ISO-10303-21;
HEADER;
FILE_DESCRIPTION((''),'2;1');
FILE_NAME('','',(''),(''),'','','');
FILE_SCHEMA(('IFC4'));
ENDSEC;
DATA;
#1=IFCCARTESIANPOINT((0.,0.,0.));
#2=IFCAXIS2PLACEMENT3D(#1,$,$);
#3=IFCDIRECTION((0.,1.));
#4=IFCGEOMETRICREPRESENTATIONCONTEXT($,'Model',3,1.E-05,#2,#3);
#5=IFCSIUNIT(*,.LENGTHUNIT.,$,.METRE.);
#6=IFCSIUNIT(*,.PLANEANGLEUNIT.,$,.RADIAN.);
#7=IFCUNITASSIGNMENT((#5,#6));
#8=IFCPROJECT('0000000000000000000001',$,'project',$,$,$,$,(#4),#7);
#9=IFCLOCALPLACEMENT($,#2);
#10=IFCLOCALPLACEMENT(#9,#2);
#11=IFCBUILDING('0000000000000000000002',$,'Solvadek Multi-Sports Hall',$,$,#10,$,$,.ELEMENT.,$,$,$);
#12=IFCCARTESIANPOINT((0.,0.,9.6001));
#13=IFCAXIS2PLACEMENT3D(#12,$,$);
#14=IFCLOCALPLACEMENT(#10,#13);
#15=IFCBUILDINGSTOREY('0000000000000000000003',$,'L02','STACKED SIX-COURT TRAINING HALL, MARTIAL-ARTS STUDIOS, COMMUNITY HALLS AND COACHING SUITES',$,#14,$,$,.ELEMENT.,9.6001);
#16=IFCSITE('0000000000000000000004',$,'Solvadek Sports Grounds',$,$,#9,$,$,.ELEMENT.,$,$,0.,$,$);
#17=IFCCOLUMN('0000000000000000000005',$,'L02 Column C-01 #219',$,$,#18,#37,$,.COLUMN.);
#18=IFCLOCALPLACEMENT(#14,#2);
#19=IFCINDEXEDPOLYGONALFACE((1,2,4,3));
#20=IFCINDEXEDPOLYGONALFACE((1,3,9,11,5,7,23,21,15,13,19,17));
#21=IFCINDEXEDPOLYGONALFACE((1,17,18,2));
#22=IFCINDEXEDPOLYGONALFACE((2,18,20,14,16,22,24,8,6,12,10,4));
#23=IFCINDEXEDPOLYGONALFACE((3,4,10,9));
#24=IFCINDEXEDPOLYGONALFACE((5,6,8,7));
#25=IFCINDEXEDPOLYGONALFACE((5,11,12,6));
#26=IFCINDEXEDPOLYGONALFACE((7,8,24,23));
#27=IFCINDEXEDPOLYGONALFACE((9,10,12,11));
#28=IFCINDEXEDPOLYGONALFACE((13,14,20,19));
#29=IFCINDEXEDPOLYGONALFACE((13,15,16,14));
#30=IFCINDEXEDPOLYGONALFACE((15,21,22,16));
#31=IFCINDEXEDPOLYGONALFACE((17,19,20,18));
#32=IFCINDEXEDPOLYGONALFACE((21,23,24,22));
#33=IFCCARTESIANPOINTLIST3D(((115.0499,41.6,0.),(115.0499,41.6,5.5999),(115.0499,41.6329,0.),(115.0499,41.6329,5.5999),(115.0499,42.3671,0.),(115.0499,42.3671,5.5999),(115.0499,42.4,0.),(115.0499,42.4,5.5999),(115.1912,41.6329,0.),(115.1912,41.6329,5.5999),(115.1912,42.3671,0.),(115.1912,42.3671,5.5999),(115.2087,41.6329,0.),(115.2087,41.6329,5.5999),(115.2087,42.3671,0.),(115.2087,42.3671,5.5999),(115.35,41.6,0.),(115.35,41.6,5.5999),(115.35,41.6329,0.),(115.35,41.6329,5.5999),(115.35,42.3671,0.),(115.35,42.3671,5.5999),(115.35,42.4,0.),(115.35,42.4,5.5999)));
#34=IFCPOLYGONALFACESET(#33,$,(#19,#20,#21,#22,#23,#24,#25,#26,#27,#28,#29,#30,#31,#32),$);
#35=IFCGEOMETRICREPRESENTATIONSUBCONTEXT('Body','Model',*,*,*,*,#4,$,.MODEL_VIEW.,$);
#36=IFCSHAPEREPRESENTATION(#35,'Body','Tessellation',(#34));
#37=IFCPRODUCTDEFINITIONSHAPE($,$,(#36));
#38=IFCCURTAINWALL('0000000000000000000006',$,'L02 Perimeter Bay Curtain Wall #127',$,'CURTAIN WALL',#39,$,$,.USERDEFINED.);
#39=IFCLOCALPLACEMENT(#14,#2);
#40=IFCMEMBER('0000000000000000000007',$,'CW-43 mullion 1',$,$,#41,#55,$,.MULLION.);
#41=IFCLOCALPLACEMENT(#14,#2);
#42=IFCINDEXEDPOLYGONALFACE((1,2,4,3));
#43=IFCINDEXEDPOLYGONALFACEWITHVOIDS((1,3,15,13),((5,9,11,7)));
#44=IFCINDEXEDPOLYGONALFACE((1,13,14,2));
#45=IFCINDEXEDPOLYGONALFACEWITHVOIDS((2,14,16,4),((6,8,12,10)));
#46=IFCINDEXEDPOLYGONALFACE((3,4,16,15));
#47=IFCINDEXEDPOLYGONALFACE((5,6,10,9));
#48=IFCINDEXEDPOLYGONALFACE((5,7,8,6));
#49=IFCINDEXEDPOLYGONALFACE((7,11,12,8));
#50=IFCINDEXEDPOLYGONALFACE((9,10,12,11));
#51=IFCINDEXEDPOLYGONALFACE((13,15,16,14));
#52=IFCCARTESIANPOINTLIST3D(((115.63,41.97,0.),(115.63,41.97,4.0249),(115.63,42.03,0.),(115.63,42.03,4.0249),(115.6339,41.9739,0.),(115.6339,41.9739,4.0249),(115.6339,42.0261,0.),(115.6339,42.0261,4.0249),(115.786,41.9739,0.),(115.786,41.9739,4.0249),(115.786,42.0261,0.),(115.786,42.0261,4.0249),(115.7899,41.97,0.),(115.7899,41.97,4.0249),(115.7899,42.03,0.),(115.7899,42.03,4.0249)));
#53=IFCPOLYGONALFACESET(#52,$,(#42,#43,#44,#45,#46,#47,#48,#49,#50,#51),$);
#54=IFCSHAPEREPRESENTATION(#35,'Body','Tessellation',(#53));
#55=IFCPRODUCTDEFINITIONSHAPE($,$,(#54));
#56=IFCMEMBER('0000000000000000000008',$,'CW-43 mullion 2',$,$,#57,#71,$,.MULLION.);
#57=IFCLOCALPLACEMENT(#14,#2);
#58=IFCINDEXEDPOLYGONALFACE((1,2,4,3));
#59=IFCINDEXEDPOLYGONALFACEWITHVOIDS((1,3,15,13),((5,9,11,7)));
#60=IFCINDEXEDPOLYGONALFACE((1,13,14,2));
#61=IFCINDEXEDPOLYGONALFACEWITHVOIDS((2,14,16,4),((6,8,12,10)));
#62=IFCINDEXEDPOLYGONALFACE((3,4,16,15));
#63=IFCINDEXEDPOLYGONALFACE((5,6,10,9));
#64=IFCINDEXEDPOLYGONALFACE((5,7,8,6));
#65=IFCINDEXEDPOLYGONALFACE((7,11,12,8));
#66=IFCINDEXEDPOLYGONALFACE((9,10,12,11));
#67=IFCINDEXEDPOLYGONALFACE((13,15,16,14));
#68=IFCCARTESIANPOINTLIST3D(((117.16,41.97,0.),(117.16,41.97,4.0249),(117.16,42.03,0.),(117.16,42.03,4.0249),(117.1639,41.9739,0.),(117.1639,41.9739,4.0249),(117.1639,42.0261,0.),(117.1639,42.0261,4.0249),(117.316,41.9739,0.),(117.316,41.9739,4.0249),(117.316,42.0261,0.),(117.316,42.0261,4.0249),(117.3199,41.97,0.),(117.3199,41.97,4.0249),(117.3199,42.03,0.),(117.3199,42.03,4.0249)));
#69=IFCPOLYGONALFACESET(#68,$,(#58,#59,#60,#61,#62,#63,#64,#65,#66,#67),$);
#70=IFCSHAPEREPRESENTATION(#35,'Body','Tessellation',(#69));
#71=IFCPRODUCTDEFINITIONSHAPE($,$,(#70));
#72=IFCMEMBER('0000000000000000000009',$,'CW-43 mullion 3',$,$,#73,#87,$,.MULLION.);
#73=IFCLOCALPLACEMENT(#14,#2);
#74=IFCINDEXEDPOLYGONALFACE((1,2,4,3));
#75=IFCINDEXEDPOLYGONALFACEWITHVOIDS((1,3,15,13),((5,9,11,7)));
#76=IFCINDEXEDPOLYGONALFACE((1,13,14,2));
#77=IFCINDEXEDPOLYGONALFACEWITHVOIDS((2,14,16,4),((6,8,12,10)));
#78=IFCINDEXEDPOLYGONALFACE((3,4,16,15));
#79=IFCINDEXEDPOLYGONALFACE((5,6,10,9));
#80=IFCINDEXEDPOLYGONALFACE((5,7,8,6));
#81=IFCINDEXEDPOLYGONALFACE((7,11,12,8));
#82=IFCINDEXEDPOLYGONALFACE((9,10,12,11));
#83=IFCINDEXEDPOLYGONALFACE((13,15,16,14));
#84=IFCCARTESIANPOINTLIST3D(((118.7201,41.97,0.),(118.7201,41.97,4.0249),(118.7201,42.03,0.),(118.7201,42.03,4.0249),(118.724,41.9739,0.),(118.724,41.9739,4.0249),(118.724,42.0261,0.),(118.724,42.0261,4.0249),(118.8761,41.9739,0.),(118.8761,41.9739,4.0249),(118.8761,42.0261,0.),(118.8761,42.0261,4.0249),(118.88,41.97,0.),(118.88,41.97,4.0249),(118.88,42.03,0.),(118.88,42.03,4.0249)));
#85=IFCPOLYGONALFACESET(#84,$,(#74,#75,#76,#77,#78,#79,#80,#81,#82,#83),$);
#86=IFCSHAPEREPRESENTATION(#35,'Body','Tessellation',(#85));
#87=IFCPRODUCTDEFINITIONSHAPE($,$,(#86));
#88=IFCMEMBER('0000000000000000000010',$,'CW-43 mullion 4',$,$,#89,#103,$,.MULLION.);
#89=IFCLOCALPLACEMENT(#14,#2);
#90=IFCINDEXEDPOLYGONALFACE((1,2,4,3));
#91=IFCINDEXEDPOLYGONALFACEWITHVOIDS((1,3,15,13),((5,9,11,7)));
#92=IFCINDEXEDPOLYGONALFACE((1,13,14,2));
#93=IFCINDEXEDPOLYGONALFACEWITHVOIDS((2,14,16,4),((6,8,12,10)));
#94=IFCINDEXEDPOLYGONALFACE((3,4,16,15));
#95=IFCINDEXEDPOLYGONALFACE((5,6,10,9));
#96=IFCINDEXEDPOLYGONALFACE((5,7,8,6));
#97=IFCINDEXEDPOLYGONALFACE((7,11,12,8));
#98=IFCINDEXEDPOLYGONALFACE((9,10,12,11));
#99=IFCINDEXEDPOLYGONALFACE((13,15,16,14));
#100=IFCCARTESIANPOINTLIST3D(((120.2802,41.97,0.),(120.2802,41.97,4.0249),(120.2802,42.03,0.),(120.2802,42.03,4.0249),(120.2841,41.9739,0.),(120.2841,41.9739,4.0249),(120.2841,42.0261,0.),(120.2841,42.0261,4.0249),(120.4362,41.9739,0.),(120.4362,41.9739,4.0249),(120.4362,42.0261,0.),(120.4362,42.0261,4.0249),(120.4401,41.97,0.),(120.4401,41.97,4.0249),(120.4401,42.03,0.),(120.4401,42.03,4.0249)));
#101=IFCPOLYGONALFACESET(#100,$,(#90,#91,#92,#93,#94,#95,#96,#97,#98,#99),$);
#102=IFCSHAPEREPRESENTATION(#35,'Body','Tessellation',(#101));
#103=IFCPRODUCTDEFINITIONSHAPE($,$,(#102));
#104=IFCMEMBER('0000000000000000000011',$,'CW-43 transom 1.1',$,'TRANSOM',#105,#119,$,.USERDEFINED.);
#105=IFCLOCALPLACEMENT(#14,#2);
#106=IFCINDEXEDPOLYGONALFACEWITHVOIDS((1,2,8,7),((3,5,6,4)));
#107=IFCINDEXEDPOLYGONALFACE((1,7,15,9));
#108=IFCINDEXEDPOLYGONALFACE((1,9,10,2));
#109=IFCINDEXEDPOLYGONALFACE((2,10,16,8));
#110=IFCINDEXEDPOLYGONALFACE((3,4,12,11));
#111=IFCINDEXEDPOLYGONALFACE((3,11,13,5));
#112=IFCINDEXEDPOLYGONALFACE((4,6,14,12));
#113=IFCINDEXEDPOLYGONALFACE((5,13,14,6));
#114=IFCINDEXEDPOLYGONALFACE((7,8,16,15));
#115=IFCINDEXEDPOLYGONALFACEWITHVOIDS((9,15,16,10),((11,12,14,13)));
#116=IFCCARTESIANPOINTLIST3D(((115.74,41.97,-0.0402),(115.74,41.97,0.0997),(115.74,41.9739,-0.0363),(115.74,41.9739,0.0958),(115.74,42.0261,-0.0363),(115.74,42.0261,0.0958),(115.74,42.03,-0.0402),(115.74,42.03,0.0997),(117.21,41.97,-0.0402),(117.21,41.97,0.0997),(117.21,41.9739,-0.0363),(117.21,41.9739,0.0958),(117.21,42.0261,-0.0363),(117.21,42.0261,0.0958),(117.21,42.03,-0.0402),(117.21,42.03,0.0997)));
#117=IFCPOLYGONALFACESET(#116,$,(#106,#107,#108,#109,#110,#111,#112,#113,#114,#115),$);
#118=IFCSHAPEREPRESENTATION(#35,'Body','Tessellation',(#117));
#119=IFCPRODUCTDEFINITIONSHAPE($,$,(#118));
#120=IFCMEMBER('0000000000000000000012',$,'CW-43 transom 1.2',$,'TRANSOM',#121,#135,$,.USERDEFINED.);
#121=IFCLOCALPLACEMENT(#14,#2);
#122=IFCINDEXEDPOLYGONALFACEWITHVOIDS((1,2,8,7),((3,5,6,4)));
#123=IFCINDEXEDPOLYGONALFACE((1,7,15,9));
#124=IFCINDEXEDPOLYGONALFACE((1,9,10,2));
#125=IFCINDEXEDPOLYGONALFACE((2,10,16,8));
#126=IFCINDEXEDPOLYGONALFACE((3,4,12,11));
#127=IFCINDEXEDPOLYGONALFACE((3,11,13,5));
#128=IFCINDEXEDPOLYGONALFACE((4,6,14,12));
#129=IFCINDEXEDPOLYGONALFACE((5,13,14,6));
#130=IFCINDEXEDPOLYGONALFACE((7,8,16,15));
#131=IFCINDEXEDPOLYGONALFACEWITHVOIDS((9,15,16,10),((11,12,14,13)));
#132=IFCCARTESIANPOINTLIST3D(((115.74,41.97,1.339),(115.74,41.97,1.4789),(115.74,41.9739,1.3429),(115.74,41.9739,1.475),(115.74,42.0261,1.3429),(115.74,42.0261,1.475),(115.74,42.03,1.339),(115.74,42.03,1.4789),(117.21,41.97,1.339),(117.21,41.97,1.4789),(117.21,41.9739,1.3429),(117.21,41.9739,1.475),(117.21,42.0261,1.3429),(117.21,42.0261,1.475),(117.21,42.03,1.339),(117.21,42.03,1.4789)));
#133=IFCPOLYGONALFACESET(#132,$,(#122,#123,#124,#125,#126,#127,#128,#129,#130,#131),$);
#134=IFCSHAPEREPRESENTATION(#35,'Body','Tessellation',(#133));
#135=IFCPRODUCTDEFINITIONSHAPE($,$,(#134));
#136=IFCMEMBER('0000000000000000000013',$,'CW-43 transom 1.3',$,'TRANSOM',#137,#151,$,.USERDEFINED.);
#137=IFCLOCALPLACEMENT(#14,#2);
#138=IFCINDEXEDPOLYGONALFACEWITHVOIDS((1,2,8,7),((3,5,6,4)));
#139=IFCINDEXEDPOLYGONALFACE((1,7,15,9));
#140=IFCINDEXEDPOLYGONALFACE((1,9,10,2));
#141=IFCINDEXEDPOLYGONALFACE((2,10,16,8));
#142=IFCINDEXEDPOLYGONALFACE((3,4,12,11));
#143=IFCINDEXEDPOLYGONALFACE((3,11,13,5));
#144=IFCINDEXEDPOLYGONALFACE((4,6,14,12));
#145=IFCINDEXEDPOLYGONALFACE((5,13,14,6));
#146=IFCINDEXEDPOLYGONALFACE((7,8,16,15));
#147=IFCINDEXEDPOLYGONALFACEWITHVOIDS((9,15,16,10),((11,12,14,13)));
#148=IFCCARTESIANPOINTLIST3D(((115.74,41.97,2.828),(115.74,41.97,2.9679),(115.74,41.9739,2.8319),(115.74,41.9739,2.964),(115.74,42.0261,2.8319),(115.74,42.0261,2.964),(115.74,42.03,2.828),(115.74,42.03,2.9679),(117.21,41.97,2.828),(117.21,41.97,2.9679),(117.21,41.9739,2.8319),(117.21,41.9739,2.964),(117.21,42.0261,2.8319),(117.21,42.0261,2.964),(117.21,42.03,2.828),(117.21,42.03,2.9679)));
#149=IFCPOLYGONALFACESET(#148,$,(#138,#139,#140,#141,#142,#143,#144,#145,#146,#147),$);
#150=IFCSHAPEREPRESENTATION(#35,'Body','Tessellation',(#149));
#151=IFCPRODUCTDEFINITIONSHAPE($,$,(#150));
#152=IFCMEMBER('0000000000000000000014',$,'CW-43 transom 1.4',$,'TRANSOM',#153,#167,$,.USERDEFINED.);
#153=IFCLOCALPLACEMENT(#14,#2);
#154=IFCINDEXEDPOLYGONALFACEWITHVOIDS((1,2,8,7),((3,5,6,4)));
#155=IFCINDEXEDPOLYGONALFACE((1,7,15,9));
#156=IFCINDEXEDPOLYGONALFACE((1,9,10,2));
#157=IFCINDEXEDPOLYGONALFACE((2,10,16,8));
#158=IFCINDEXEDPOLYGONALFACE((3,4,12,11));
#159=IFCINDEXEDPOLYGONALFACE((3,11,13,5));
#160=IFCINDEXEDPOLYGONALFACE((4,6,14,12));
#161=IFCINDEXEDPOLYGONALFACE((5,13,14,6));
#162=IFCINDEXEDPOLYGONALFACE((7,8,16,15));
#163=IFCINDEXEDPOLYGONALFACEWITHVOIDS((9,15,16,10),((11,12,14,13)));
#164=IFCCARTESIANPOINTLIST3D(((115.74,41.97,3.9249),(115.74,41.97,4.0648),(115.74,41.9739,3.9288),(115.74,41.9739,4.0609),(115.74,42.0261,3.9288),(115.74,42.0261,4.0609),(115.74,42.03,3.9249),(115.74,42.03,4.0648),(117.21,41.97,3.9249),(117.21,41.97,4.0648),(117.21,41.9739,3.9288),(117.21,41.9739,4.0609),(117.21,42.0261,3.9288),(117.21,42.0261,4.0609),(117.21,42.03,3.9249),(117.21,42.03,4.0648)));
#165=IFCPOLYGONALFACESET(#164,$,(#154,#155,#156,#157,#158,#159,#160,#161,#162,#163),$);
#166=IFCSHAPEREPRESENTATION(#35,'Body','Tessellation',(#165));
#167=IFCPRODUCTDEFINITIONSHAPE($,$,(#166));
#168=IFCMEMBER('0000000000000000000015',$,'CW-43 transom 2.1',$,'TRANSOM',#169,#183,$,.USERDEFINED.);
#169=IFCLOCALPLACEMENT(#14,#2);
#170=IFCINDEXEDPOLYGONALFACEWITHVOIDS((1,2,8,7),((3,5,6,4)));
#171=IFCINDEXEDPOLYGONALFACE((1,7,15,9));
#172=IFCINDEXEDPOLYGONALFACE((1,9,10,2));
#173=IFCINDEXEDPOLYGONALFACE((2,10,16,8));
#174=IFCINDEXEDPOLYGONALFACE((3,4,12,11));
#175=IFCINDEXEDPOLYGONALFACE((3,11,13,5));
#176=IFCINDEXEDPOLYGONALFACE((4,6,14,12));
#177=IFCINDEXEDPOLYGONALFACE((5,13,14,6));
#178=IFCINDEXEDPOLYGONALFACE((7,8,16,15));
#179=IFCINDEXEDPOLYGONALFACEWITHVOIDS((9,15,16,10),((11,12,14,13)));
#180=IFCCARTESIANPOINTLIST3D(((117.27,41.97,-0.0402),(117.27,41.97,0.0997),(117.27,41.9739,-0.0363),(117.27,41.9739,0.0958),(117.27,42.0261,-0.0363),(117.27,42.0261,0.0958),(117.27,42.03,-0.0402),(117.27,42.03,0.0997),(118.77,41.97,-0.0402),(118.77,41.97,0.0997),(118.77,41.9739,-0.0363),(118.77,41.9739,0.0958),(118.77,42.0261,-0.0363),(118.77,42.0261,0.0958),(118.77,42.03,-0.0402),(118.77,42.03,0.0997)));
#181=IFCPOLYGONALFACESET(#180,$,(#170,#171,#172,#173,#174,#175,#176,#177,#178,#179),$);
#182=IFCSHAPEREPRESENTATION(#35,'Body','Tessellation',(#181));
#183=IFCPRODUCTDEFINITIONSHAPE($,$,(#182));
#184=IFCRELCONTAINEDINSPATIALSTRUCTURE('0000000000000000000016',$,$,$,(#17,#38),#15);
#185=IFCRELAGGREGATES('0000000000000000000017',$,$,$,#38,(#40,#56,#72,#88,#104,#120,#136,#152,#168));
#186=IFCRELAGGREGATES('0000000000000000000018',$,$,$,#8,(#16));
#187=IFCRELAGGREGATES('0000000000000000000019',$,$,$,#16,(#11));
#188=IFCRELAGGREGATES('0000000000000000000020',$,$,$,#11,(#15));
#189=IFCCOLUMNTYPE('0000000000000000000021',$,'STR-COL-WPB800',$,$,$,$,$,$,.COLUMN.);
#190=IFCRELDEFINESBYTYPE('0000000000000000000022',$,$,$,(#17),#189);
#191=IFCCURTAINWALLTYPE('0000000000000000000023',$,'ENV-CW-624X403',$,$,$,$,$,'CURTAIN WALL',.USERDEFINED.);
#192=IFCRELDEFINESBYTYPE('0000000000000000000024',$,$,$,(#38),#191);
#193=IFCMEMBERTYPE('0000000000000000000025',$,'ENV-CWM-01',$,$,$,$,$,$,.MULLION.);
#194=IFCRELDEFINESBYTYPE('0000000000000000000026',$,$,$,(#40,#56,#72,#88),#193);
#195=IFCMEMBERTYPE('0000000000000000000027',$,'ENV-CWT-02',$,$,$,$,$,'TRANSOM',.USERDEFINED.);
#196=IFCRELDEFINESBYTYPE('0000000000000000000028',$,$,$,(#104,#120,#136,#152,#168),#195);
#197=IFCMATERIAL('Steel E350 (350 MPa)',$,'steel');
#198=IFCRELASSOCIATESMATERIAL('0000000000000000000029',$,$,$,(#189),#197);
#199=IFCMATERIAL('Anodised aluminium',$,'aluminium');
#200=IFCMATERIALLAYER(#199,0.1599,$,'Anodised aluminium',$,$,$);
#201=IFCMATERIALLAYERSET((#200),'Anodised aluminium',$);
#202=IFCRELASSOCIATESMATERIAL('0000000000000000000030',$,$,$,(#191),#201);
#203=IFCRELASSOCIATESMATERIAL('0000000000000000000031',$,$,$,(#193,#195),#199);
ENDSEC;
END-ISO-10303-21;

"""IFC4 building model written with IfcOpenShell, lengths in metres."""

from ifc_helpers import new_model, si_unit, direction, frame, origin, origin_2d, place, context, subcontext, project, spatial, hollow_rectangle, i_section, extrude, material, layer, layer_set, material_profile, profile_set, type_object, element, aggregate, save


model = new_model("IFC4")

# Units and contexts
model_context = context("Model", 3, precision=1e-05, world=origin(), true_north=direction((0.0, 1.0)))
body_context = subcontext(model_context, "Body", "Model", "MODEL_VIEW")
ifc_project = project(units=[si_unit("LENGTHUNIT", "METRE"), si_unit("PLANEANGLEUNIT", "RADIAN")], contexts=[model_context])

# Site, building, storey
site_placement = place(None, origin())
site = spatial("IfcSite", under=ifc_project, at=site_placement, Name="Solvadek Sports Grounds", CompositionType="ELEMENT", RefElevation=0.0)
building_placement = place(site_placement, origin())
building = spatial("IfcBuilding", under=site, at=building_placement, Name="Solvadek Multi-Sports Hall", CompositionType="ELEMENT")
storey_placement = place(building_placement, frame((0.0, 0.0, 9.6001)))
storey = spatial("IfcBuildingStorey", under=building, at=storey_placement, Name="L02", Description="STACKED SIX-COURT TRAINING HALL, MARTIAL-ARTS STUDIOS, COMMUNITY HALLS AND COACHING SUITES", CompositionType="ELEMENT", Elevation=9.6001)

# Column
ifc_material_1 = material(Name="Steel E350 (350 MPa)", Category="steel")
ifc_material_profile_1 = material_profile(ifc_material_1, i_section(OverallWidth=0.3, OverallDepth=0.8, WebThickness=0.0176, FlangeThickness=0.033, at=origin_2d()), Name="WPB 800")
ifc_profile_set_1 = profile_set([ifc_material_profile_1], Name="Steel E350 (350 MPa)")
column_type = type_object("IfcColumnType", Name="STR-COL-WPB800", PredefinedType="COLUMN", material=ifc_profile_set_1)
column_placement = place(storey_placement, frame((115.2, 42.0, 0.0), z_axis=(0.0, 0.0, 1.0), x_axis=(1.0, 0.0, 0.0)))
element("IfcColumn", 1, at=column_placement, inside=storey, type_object=column_type, Name="L02 Column C-01 #219", PredefinedType="COLUMN", context=body_context, shape_type="SweptSolid", body=[
    extrude(i_section(OverallWidth=0.3, OverallDepth=0.8, WebThickness=0.0176, FlangeThickness=0.033, at=origin_2d()), origin(), (0.0, 0.0, 1.0), 5.5999),
])

# Curtain wall, members
ifc_material_2 = material(Name="Anodised aluminium", Category="aluminium")
ifc_layer_1 = layer(ifc_material_2, 0.1599, Name="Anodised aluminium")
ifc_layer_set_1 = layer_set([ifc_layer_1], Name="Anodised aluminium")
curtain_wall_type = type_object("IfcCurtainWallType", Name="ENV-CW-624X403", ElementType="CURTAIN WALL", PredefinedType="USERDEFINED", material=ifc_layer_set_1)
curtain_wall_placement = place(storey_placement, origin())
curtain_wall = element("IfcCurtainWall", 2, at=curtain_wall_placement, inside=storey, type_object=curtain_wall_type, Name="L02 Perimeter Bay Curtain Wall #127", ObjectType="CURTAIN WALL", PredefinedType="USERDEFINED")
ifc_material_profile_2 = material_profile(ifc_material_2, hollow_rectangle(XDim=0.0601, YDim=0.1599, WallThickness=0.0039, at=origin_2d()), Name="ALU-M 160x60x4")
ifc_profile_set_2 = profile_set([ifc_material_profile_2], Name="Anodised aluminium")
member_type_1 = type_object("IfcMemberType", Name="ENV-CWM-01", PredefinedType="MULLION", material=ifc_profile_set_2)
member_1_placement = place(storey_placement, frame((115.71, 42.0, 0.0), z_axis=(0.0, 0.0, 1.0), x_axis=(0.0, 1.0, 0.0)))
member_1 = element("IfcMember", 3, at=member_1_placement, type_object=member_type_1, Name="CW-43 mullion 1", PredefinedType="MULLION", context=body_context, shape_type="SweptSolid", body=[
    extrude(hollow_rectangle(XDim=0.0601, YDim=0.1599, WallThickness=0.0039, at=origin_2d()), origin(), (0.0, 0.0, 1.0), 4.0249),
])
member_2_placement = place(storey_placement, frame((117.24, 42.0, 0.0), z_axis=(0.0, 0.0, 1.0), x_axis=(0.0, 1.0, 0.0)))
member_2 = element("IfcMember", 4, at=member_2_placement, type_object=member_type_1, Name="CW-43 mullion 2", PredefinedType="MULLION", context=body_context, shape_type="SweptSolid", body=[
    extrude(hollow_rectangle(XDim=0.0601, YDim=0.1599, WallThickness=0.0039, at=origin_2d()), origin(), (0.0, 0.0, 1.0), 4.0249),
])
member_3_placement = place(storey_placement, frame((118.8, 42.0, 0.0), z_axis=(0.0, 0.0, 1.0), x_axis=(0.0, 1.0, 0.0)))
member_3 = element("IfcMember", 5, at=member_3_placement, type_object=member_type_1, Name="CW-43 mullion 3", PredefinedType="MULLION", context=body_context, shape_type="SweptSolid", body=[
    extrude(hollow_rectangle(XDim=0.0601, YDim=0.1599, WallThickness=0.0039, at=origin_2d()), origin(), (0.0, 0.0, 1.0), 4.0249),
])
member_4_placement = place(storey_placement, frame((120.3601, 42.0, 0.0), z_axis=(0.0, 0.0, 1.0), x_axis=(0.0, 1.0, 0.0)))
member_4 = element("IfcMember", 6, at=member_4_placement, type_object=member_type_1, Name="CW-43 mullion 4", PredefinedType="MULLION", context=body_context, shape_type="SweptSolid", body=[
    extrude(hollow_rectangle(XDim=0.0601, YDim=0.1599, WallThickness=0.0039, at=origin_2d()), origin(), (0.0, 0.0, 1.0), 4.0249),
])
ifc_material_profile_3 = material_profile(ifc_material_2, hollow_rectangle(XDim=0.0601, YDim=0.1399, WallThickness=0.0039, at=origin_2d()), Name="ALU-T 140x60x4")
ifc_profile_set_3 = profile_set([ifc_material_profile_3], Name="Anodised aluminium")
member_type_2 = type_object("IfcMemberType", Name="ENV-CWT-02", ElementType="TRANSOM", PredefinedType="USERDEFINED", material=ifc_profile_set_3)
member_5_placement = place(storey_placement, frame((115.74, 42.0, 0.0298), z_axis=(1.0, 0.0, 0.0), x_axis=(0.0, 1.0, 0.0)))
member_5 = element("IfcMember", 7, at=member_5_placement, type_object=member_type_2, Name="CW-43 transom 1.1", ObjectType="TRANSOM", PredefinedType="USERDEFINED", context=body_context, shape_type="SweptSolid", body=[
    extrude(hollow_rectangle(XDim=0.0601, YDim=0.1399, WallThickness=0.0039, at=origin_2d()), origin(), (0.0, 0.0, 1.0), 1.47),
])
member_6_placement = place(storey_placement, frame((115.74, 42.0, 1.4089), z_axis=(1.0, 0.0, 0.0), x_axis=(0.0, 1.0, 0.0)))
member_6 = element("IfcMember", 8, at=member_6_placement, type_object=member_type_2, Name="CW-43 transom 1.2", ObjectType="TRANSOM", PredefinedType="USERDEFINED", context=body_context, shape_type="SweptSolid", body=[
    extrude(hollow_rectangle(XDim=0.0601, YDim=0.1399, WallThickness=0.0039, at=origin_2d()), origin(), (0.0, 0.0, 1.0), 1.47),
])
member_7_placement = place(storey_placement, frame((115.74, 42.0, 2.8979), z_axis=(1.0, 0.0, 0.0), x_axis=(0.0, 1.0, 0.0)))
member_7 = element("IfcMember", 9, at=member_7_placement, type_object=member_type_2, Name="CW-43 transom 1.3", ObjectType="TRANSOM", PredefinedType="USERDEFINED", context=body_context, shape_type="SweptSolid", body=[
    extrude(hollow_rectangle(XDim=0.0601, YDim=0.1399, WallThickness=0.0039, at=origin_2d()), origin(), (0.0, 0.0, 1.0), 1.47),
])
member_8_placement = place(storey_placement, frame((115.74, 42.0, 3.9949), z_axis=(1.0, 0.0, 0.0), x_axis=(0.0, 1.0, 0.0)))
member_8 = element("IfcMember", 10, at=member_8_placement, type_object=member_type_2, Name="CW-43 transom 1.4", ObjectType="TRANSOM", PredefinedType="USERDEFINED", context=body_context, shape_type="SweptSolid", body=[
    extrude(hollow_rectangle(XDim=0.0601, YDim=0.1399, WallThickness=0.0039, at=origin_2d()), origin(), (0.0, 0.0, 1.0), 1.47),
])
member_9_placement = place(storey_placement, frame((117.27, 42.0, 0.0298), z_axis=(1.0, 0.0, 0.0), x_axis=(0.0, 1.0, 0.0)))
member_9 = element("IfcMember", 11, at=member_9_placement, type_object=member_type_2, Name="CW-43 transom 2.1", ObjectType="TRANSOM", PredefinedType="USERDEFINED", context=body_context, shape_type="SweptSolid", body=[
    extrude(hollow_rectangle(XDim=0.0601, YDim=0.1399, WallThickness=0.0039, at=origin_2d()), origin(), (0.0, 0.0, 1.0), 1.5),
])

aggregate(curtain_wall, [member_1, member_2, member_3, member_4, member_5, member_6, member_7, member_8, member_9])

save(model, "model.ifc")
